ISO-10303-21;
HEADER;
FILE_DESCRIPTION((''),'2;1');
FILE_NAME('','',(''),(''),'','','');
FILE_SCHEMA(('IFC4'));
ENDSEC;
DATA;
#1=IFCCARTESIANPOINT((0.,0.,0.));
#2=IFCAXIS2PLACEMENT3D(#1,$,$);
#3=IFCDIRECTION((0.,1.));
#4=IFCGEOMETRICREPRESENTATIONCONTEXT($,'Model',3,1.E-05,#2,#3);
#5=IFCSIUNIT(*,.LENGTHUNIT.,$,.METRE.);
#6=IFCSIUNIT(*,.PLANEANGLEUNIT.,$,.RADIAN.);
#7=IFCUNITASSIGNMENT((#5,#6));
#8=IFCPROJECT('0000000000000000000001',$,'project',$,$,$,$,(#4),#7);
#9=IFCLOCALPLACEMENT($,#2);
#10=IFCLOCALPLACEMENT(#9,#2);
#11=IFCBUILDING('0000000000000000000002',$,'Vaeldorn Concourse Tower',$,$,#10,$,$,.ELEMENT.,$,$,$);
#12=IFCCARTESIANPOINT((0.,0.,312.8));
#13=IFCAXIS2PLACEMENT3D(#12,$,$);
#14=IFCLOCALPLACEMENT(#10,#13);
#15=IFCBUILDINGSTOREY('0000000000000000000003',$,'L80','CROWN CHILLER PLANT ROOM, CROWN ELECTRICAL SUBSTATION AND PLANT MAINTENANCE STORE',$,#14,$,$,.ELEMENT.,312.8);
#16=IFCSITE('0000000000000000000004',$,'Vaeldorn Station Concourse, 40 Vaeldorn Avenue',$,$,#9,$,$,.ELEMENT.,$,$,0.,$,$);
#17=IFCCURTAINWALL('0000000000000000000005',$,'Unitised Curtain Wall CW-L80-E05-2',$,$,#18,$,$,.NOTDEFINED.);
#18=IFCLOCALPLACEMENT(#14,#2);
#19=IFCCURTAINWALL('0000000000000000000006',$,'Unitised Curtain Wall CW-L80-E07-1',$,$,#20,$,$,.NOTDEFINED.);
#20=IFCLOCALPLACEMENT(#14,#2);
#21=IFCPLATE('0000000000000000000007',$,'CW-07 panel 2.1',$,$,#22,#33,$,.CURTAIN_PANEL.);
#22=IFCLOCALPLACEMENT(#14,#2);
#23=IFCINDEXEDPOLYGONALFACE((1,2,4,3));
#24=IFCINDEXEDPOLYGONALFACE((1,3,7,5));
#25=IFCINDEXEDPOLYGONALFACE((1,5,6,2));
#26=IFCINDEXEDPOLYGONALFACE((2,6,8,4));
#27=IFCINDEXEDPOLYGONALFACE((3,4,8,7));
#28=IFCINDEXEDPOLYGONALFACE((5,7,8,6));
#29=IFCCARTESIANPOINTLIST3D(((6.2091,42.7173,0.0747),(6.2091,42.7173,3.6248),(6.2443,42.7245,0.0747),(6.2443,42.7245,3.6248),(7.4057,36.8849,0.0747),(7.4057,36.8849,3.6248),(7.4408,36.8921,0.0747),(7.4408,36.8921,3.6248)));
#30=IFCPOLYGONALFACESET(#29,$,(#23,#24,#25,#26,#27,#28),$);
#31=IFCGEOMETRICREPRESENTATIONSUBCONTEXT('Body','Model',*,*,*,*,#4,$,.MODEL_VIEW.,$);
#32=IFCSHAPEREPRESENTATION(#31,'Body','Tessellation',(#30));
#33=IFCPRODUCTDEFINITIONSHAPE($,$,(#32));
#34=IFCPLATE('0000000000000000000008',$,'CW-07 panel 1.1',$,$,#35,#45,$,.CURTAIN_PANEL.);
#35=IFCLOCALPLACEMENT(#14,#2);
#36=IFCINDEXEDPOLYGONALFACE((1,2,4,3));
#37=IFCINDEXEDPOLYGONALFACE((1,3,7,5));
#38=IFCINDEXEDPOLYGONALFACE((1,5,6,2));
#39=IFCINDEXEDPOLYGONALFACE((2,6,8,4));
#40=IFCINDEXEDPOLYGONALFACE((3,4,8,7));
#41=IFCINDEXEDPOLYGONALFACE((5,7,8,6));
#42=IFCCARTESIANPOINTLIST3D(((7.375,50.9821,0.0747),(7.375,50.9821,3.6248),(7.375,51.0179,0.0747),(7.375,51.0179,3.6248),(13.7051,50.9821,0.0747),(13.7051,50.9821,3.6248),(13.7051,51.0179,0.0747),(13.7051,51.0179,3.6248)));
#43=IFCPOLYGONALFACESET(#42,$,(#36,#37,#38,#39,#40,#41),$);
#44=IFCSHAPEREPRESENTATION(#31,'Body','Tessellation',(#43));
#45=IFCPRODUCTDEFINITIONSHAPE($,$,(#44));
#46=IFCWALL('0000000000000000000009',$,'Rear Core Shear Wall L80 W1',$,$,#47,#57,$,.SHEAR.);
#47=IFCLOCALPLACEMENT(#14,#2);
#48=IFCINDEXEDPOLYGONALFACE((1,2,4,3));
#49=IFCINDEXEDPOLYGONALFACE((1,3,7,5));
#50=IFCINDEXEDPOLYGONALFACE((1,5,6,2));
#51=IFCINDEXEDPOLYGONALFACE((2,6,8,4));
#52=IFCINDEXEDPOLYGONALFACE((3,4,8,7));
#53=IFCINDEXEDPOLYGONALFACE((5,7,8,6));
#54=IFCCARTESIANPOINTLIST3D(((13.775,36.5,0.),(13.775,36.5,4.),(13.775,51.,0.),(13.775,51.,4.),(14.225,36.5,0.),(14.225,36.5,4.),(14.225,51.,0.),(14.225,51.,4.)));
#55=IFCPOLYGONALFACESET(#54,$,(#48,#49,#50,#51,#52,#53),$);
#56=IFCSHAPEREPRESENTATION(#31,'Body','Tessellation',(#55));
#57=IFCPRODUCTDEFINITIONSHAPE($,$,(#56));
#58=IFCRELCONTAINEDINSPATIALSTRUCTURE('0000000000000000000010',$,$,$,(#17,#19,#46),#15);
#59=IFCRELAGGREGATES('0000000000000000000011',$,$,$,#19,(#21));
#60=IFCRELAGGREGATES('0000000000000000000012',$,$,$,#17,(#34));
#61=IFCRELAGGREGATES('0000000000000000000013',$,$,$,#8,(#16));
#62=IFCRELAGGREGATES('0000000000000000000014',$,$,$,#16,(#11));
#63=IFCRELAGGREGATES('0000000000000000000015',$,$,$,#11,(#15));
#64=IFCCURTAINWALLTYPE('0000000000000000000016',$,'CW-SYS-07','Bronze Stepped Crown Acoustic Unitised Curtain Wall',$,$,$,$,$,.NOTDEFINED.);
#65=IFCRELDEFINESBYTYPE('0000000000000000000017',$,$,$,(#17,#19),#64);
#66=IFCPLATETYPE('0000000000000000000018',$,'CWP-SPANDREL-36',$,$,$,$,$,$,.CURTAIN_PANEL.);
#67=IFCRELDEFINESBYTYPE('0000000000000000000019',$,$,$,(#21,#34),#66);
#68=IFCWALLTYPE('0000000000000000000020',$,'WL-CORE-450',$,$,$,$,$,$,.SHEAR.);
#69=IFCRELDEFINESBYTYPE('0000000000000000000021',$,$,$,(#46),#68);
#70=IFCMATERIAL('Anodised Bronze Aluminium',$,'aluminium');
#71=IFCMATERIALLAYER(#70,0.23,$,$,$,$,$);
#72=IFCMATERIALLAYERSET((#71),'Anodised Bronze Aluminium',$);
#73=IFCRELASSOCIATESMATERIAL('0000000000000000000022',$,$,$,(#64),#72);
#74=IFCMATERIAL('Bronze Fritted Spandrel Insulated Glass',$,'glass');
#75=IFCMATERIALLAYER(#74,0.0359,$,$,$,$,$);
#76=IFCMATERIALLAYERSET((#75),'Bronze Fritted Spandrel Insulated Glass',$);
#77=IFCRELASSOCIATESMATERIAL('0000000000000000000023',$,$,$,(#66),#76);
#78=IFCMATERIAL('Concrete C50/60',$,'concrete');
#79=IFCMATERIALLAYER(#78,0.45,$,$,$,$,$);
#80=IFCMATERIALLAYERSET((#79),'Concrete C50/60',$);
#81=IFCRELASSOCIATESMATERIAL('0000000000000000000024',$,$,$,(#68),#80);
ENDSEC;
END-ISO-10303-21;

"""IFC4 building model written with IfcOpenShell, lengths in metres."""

from ifc_helpers import new_model, si_unit, direction, frame, frame_2d, origin, origin_2d, place, context, subcontext, project, spatial, rectangle, extrude, source, transform, mapped, material, layer, layer_set, type_object, element, aggregate, save


model = new_model("IFC4")

# Units and contexts
model_context = context("Model", 3, precision=1e-05, world=origin(), true_north=direction((0.0, 1.0)))
body_context = subcontext(model_context, "Body", "Model", "MODEL_VIEW")
ifc_project = project(units=[si_unit("LENGTHUNIT", "METRE"), si_unit("PLANEANGLEUNIT", "RADIAN")], contexts=[model_context])

# Site, building, storey
site_placement = place(None, origin())
site = spatial("IfcSite", under=ifc_project, at=site_placement, Name="Vaeldorn Station Concourse, 40 Vaeldorn Avenue", CompositionType="ELEMENT", RefElevation=0.0)
building_placement = place(site_placement, origin())
building = spatial("IfcBuilding", under=site, at=building_placement, Name="Vaeldorn Concourse Tower", CompositionType="ELEMENT")
storey_placement = place(building_placement, frame((0.0, 0.0, 312.8)))
storey = spatial("IfcBuildingStorey", under=building, at=storey_placement, Name="L80", Description="CROWN CHILLER PLANT ROOM, CROWN ELECTRICAL SUBSTATION AND PLANT MAINTENANCE STORE", CompositionType="ELEMENT", Elevation=312.8)

# Shared definitions
ifc_material_1 = material(Name="Concrete C50/60", Category="concrete")

# Curtain wall
ifc_material_2 = material(Name="Anodised Bronze Aluminium", Category="aluminium")
ifc_layer_1 = layer(ifc_material_2, 0.23)
ifc_layer_set_1 = layer_set([ifc_layer_1], Name="Anodised Bronze Aluminium")
curtain_wall_type = type_object("IfcCurtainWallType", Name="CW-SYS-07", Description="Bronze Stepped Crown Acoustic Unitised Curtain Wall", PredefinedType="NOTDEFINED", material=ifc_layer_set_1)
curtain_wall_1_placement = place(storey_placement, origin())
curtain_wall_1 = element("IfcCurtainWall", 1, at=curtain_wall_1_placement, inside=storey, type_object=curtain_wall_type, Name="Unitised Curtain Wall CW-L80-E05-2", PredefinedType="NOTDEFINED")

# Curtain wall
curtain_wall_2_placement = place(storey_placement, origin())
curtain_wall_2 = element("IfcCurtainWall", 2, at=curtain_wall_2_placement, inside=storey, type_object=curtain_wall_type, Name="Unitised Curtain Wall CW-L80-E07-1", PredefinedType="NOTDEFINED")

# Plates
ifc_material_3 = material(Name="Bronze Fritted Spandrel Insulated Glass", Category="glass")
ifc_layer_2 = layer(ifc_material_3, 0.0359)
ifc_layer_set_2 = layer_set([ifc_layer_2], Name="Bronze Fritted Spandrel Insulated Glass")
plate_type = type_object("IfcPlateType", Name="CWP-SPANDREL-36", PredefinedType="CURTAIN_PANEL", material=ifc_layer_set_2)
shared_shape_1 = source(origin(), body_context, "Body", "SweptSolid", [
    extrude(rectangle(XDim=5.9539, YDim=0.0359, at=origin_2d()), origin(), (0.0, 0.0, 1.0), 3.55),
])
plate_1_placement = place(storey_placement, frame((6.825, 39.8047, 0.0747), z_axis=(0.0, 0.0, 1.0), x_axis=(0.200972, -0.979597, 0.0)))
plate_1 = element("IfcPlate", 3, at=plate_1_placement, type_object=plate_type, Name="CW-07 panel 2.1", PredefinedType="CURTAIN_PANEL", context=body_context, shape_type="MappedRepresentation", body=[
    mapped(shared_shape_1, transform((0.0, 0.0, 0.0), scale=1.0)),
])
aggregate(curtain_wall_2, [plate_1])
shared_shape_2 = source(origin(), body_context, "Body", "SweptSolid", [
    extrude(rectangle(XDim=6.3301, YDim=0.0359, at=origin_2d()), origin(), (0.0, 0.0, 1.0), 3.55),
])
plate_2_placement = place(storey_placement, frame((10.54, 51.0, 0.0747), z_axis=(0.0, 0.0, 1.0), x_axis=(-1.0, 0.0, 0.0)))
plate_2 = element("IfcPlate", 4, at=plate_2_placement, type_object=plate_type, Name="CW-07 panel 1.1", PredefinedType="CURTAIN_PANEL", context=body_context, shape_type="MappedRepresentation", body=[
    mapped(shared_shape_2, transform((0.0, 0.0, 0.0), scale=1.0)),
])
aggregate(curtain_wall_1, [plate_2])

# Wall
ifc_layer_3 = layer(ifc_material_1, 0.45)
ifc_layer_set_3 = layer_set([ifc_layer_3], Name="Concrete C50/60")
wall_type_1 = type_object("IfcWallType", Name="WL-CORE-450", PredefinedType="SHEAR", material=ifc_layer_set_3)
wall_1_placement = place(storey_placement, frame((14.0, 36.5, 0.0), z_axis=(0.0, 0.0, 1.0), x_axis=(0.0, 1.0, 0.0)))
element("IfcWall", 5, at=wall_1_placement, inside=storey, type_object=wall_type_1, Name="Rear Core Shear Wall L80 W1", PredefinedType="SHEAR", context=body_context, shape_type="SweptSolid", body=[
    extrude(rectangle(XDim=14.5, YDim=0.45, at=frame_2d((7.25, 0.0))), origin(), (0.0, 0.0, 1.0), 4.0),
])

save(model, "model.ifc")
